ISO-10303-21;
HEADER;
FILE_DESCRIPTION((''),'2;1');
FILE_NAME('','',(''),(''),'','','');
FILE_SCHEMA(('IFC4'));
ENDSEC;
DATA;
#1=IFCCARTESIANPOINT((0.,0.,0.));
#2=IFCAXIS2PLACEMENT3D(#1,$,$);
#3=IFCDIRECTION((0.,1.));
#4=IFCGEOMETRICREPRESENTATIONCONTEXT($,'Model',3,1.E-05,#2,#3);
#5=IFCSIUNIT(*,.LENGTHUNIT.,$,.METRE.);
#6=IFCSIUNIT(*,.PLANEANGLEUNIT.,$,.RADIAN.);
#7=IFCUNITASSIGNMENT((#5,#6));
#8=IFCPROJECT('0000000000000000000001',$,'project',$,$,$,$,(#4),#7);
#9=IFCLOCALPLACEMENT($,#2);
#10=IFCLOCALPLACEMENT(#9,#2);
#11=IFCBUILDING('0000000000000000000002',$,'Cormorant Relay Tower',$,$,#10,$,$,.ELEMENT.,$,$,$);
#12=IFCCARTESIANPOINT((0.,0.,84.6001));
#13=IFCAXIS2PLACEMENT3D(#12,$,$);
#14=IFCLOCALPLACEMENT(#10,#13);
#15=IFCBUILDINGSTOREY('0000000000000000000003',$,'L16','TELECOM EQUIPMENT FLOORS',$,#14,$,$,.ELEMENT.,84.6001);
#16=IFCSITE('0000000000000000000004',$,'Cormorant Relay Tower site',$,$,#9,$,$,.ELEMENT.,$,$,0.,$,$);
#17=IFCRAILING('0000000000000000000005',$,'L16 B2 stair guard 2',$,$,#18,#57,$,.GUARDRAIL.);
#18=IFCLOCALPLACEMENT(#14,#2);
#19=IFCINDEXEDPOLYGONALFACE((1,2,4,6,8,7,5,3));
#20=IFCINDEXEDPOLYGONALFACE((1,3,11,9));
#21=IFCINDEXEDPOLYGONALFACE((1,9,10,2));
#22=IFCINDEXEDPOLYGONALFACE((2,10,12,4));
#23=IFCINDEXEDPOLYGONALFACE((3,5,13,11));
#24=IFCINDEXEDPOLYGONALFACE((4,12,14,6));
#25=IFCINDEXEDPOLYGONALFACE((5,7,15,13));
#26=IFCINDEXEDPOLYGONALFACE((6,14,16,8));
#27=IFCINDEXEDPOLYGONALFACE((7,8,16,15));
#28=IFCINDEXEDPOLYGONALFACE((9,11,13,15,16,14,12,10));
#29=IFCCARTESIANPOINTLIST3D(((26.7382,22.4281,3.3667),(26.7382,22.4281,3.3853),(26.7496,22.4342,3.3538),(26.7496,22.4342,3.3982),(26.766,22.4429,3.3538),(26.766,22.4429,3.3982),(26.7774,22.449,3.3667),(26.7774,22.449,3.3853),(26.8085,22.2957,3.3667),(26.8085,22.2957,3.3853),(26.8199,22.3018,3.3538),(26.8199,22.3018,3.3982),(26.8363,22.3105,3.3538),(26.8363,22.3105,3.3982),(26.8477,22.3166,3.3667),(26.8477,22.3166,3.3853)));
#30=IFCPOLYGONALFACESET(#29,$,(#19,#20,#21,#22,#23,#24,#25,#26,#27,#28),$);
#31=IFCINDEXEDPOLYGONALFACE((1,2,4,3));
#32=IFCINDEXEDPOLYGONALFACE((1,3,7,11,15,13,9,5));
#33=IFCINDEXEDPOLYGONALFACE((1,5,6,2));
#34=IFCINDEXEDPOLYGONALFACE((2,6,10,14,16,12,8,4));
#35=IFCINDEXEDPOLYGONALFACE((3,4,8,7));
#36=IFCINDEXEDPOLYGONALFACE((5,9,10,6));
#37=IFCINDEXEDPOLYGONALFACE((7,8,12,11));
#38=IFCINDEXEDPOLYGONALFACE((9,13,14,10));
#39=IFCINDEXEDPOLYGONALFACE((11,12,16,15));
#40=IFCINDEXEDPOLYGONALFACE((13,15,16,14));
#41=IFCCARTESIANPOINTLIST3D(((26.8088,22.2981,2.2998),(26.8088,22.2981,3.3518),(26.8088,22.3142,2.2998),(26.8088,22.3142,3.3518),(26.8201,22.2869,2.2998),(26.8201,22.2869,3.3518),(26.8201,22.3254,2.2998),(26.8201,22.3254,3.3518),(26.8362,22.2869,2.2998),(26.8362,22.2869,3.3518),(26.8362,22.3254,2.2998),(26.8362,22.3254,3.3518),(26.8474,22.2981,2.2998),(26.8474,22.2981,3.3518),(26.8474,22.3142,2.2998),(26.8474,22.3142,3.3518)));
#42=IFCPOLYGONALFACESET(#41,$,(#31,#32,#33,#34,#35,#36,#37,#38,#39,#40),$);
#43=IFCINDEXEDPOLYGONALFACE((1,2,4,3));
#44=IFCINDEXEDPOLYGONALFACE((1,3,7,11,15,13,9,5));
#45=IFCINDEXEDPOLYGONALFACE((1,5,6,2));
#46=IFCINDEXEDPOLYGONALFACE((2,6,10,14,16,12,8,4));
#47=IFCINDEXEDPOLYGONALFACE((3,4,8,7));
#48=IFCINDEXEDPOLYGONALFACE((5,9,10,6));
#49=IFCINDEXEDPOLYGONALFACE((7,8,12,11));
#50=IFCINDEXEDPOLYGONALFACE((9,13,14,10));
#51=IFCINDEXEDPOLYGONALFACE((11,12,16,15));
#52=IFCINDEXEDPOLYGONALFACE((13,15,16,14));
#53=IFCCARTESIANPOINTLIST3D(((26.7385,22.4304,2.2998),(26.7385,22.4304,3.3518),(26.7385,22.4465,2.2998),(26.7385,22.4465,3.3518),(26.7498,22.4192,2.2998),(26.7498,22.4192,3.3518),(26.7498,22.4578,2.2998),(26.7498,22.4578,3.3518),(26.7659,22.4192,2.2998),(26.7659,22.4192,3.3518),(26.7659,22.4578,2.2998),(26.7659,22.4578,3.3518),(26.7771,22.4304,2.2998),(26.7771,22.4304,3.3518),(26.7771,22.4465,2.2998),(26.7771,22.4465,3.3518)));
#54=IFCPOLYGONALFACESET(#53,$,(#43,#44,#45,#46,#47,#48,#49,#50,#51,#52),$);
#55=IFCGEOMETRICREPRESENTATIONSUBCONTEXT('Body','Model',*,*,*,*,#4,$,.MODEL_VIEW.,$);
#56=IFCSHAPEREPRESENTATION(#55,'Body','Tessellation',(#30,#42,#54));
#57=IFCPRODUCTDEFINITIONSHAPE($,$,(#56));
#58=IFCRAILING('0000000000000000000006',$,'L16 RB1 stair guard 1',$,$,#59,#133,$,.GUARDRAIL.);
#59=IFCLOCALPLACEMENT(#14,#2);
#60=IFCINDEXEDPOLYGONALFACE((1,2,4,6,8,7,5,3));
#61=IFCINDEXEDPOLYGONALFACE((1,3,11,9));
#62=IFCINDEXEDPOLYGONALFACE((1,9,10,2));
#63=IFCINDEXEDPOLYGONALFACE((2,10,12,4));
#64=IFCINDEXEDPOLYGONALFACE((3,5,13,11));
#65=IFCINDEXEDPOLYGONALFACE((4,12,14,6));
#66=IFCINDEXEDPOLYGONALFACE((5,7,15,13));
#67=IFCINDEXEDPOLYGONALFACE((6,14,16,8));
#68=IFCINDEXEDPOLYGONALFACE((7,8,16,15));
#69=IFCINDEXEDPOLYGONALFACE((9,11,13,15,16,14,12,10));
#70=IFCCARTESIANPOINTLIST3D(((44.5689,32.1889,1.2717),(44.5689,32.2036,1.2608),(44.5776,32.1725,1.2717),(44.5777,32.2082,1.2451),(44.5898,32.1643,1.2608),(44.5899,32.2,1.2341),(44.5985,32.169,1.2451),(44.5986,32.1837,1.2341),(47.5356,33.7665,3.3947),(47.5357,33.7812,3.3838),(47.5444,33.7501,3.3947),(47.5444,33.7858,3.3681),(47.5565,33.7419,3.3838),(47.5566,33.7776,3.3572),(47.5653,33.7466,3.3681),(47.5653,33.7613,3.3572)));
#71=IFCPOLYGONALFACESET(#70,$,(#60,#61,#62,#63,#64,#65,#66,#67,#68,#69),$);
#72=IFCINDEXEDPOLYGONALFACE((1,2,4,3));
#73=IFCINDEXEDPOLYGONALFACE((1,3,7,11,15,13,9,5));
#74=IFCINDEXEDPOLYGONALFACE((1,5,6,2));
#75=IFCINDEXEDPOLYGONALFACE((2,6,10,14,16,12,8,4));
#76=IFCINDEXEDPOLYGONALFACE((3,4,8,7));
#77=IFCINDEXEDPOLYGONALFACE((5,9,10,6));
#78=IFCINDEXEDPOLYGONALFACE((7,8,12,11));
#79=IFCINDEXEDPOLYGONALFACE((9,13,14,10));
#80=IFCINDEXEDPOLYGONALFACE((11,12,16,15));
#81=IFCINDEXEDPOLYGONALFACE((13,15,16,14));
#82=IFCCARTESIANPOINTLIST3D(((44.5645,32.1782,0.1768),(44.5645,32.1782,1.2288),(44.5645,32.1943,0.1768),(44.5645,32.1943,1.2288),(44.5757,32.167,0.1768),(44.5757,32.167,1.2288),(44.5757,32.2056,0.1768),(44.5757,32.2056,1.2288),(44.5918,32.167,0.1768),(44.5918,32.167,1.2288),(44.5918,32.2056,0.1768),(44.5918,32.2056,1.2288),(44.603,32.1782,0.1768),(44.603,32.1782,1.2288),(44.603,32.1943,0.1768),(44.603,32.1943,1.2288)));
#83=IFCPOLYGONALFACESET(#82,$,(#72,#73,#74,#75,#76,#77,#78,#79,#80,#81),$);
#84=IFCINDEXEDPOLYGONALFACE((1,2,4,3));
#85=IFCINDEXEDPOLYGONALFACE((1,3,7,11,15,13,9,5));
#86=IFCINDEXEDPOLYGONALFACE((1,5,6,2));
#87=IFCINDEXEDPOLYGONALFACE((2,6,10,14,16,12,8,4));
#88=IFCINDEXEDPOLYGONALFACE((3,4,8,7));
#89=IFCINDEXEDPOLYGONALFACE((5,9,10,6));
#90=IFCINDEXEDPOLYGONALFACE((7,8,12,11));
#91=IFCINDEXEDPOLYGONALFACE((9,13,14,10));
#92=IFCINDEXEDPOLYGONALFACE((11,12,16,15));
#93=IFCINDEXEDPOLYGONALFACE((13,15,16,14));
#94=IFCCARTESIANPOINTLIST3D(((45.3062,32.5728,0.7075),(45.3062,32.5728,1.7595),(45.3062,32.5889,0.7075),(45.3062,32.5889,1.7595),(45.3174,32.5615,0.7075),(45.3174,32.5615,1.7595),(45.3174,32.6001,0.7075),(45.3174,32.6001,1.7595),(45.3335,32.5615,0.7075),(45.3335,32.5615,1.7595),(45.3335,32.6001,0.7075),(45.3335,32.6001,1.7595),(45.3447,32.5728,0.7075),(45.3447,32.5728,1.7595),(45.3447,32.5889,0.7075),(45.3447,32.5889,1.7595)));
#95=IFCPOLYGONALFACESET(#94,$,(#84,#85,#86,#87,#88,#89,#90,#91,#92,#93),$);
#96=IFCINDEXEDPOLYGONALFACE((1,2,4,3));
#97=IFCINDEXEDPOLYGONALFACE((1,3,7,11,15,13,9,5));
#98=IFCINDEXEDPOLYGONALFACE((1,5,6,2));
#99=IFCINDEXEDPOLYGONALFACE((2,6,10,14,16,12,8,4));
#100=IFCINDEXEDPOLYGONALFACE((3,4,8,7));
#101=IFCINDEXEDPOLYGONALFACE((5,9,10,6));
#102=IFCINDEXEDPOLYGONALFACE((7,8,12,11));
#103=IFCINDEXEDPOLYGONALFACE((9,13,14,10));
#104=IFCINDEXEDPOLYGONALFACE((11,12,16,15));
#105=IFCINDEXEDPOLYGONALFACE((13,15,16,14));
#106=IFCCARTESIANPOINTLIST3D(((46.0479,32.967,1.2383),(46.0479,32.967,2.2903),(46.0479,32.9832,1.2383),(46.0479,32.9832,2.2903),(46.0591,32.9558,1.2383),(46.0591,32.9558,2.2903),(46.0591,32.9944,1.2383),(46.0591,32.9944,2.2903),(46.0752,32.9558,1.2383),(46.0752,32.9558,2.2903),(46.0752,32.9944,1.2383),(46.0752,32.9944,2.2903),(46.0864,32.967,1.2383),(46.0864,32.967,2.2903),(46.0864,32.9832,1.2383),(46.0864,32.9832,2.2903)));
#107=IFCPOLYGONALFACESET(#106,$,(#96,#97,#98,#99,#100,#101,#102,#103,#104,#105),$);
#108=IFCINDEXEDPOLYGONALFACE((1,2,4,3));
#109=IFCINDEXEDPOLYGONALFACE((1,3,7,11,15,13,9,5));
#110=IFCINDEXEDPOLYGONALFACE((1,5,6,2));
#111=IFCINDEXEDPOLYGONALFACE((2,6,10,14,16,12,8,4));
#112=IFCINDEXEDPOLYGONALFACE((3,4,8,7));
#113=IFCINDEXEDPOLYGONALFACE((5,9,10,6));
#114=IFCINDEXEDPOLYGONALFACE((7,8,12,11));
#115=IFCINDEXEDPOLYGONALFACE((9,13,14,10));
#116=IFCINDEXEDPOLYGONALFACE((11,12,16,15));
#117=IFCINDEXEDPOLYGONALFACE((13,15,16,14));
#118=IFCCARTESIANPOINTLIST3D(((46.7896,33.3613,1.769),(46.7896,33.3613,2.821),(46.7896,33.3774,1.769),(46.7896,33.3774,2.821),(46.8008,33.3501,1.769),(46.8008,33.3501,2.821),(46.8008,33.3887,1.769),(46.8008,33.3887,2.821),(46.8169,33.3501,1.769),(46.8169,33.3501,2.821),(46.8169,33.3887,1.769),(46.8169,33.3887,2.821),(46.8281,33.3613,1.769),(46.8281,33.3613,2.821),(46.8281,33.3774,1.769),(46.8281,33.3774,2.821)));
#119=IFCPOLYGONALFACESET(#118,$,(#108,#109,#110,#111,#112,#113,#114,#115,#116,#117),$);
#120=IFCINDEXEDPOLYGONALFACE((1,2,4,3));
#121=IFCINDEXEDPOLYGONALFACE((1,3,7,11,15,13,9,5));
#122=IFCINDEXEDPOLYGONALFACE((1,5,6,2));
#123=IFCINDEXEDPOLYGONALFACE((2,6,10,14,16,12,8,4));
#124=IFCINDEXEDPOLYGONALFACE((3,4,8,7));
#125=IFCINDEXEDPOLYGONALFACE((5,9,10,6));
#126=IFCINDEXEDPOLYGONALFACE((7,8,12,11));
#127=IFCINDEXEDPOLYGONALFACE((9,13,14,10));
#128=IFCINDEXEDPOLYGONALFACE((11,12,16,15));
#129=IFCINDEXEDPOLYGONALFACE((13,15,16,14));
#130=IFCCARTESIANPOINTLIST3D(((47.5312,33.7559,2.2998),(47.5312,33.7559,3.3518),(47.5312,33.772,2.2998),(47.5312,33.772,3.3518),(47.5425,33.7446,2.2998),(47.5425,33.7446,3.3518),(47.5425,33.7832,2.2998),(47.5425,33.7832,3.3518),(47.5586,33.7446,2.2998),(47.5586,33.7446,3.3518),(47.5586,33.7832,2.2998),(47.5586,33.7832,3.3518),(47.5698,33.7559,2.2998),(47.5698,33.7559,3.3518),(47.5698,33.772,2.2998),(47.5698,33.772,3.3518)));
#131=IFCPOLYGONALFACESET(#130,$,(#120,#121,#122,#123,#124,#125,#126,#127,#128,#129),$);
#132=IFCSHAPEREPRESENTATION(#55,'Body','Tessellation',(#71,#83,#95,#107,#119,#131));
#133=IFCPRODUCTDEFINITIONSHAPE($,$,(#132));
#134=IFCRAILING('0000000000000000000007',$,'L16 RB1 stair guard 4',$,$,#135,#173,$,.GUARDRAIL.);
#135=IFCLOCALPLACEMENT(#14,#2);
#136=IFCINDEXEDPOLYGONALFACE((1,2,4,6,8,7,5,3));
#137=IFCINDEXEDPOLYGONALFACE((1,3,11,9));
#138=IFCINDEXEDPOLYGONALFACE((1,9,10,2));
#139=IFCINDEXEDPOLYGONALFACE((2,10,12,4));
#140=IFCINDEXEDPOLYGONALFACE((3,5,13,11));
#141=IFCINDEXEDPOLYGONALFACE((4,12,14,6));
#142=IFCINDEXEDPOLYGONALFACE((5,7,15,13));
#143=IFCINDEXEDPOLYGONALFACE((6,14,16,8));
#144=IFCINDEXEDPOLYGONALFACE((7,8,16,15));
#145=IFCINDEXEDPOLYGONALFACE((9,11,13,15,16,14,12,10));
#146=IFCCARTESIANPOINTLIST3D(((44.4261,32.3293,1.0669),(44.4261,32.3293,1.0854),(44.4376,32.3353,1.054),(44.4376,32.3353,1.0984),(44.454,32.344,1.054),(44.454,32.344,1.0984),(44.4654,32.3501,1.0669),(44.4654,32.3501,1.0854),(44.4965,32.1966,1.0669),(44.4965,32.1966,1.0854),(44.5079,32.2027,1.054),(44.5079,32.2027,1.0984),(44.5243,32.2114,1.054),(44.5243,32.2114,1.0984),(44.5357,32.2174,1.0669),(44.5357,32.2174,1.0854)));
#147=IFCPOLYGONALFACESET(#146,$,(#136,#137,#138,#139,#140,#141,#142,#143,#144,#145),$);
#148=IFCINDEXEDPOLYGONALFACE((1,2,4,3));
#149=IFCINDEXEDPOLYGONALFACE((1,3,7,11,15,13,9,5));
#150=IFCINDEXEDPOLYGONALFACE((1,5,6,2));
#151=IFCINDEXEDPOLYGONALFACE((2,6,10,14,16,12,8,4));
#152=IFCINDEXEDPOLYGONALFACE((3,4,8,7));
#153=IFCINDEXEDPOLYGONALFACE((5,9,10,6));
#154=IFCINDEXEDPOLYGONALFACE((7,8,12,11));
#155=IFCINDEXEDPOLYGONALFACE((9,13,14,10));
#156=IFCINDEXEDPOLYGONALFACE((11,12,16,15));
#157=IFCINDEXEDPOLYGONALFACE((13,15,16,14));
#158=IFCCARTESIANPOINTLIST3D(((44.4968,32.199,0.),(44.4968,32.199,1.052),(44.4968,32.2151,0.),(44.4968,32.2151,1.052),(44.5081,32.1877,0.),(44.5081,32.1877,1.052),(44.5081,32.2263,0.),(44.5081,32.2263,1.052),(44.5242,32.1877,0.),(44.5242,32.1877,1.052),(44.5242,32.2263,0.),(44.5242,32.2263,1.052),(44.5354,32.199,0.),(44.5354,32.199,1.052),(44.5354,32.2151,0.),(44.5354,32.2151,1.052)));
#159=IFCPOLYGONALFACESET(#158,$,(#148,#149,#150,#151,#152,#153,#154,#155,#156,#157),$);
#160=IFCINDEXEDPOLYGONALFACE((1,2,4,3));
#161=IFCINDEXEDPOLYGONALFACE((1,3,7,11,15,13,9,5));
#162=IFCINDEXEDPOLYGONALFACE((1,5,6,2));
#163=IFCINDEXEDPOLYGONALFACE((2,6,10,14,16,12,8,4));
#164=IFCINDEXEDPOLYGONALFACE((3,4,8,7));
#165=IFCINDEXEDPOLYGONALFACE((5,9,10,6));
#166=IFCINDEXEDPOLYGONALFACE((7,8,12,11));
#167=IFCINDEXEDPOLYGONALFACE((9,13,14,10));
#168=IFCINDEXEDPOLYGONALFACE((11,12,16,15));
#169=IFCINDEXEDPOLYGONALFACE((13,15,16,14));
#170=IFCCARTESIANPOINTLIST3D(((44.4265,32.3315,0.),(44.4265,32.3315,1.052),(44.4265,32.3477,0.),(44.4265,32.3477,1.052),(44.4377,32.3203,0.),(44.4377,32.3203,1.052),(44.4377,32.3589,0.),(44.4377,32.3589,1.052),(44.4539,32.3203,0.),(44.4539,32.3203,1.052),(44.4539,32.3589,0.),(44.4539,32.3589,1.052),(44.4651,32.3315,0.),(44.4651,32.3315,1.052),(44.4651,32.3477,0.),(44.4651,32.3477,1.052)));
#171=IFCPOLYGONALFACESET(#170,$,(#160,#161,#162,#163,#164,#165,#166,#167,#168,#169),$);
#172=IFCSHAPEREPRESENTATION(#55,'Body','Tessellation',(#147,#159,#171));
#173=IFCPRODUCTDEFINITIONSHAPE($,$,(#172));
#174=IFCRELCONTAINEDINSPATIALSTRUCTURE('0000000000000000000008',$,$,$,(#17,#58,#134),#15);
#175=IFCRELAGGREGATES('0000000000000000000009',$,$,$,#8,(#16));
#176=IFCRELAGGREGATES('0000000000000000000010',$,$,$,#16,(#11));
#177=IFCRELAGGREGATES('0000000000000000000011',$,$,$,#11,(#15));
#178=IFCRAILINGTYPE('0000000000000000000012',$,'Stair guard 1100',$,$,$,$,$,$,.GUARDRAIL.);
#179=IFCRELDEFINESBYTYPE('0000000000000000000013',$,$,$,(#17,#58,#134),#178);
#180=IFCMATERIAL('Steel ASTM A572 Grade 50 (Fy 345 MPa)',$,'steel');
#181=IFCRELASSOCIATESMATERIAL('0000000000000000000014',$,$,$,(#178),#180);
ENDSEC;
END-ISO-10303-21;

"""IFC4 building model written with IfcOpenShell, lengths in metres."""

from ifc_helpers import new_model, si_unit, direction, frame, origin, place, context, subcontext, project, spatial, polyline, outline, extrude, material, type_object, element, save


model = new_model("IFC4")

# Units and contexts
model_context = context("Model", 3, precision=1e-05, world=origin(), true_north=direction((0.0, 1.0)))
body_context = subcontext(model_context, "Body", "Model", "MODEL_VIEW")
ifc_project = project(units=[si_unit("LENGTHUNIT", "METRE"), si_unit("PLANEANGLEUNIT", "RADIAN")], contexts=[model_context])

# Site, building, storey
site_placement = place(None, origin())
site = spatial("IfcSite", under=ifc_project, at=site_placement, Name="Cormorant Relay Tower site", CompositionType="ELEMENT", RefElevation=0.0)
building_placement = place(site_placement, origin())
building = spatial("IfcBuilding", under=site, at=building_placement, Name="Cormorant Relay Tower", CompositionType="ELEMENT")
storey_placement = place(building_placement, frame((0.0, 0.0, 84.6001)))
storey = spatial("IfcBuildingStorey", under=building, at=storey_placement, Name="L16", Description="TELECOM EQUIPMENT FLOORS", CompositionType="ELEMENT", Elevation=84.6001)

# Railings
ifc_material_1 = material(Name="Steel ASTM A572 Grade 50 (Fy 345 MPa)", Category="steel")
railing_type = type_object("IfcRailingType", Name="Stair guard 1100", PredefinedType="GUARDRAIL", material=ifc_material_1)
railing_1_placement = place(storey_placement, frame((26.8281, 22.3062, 2.2998)))
element("IfcRailing", 1, at=railing_1_placement, inside=storey, type_object=railing_type, Name="L16 B2 stair guard 2", PredefinedType="GUARDRAIL", context=body_context, shape_type="SweptSolid", body=[
    extrude(outline(polyline([(0.0222, 0.0093), (0.0093, 0.0222), (-0.0093, 0.0222), (-0.0222, 0.0093), (-0.0222, -0.0093), (-0.0093, -0.0222), (0.0093, -0.0222), (0.0222, -0.0093), (0.0222, 0.0093)])), frame((0.0, 0.0, 1.0762), z_axis=(-0.469235, 0.883074, 0.0), x_axis=(-0.883074, -0.469235, 0.0)), (0.0, 0.0, 1.0), 0.1499),
    extrude(outline(polyline([(0.0193, 0.0081), (0.0081, 0.0193), (-0.0081, 0.0193), (-0.0193, 0.0081), (-0.0193, -0.0081), (-0.0081, -0.0193), (0.0081, -0.0193), (0.0193, -0.0081), (0.0193, 0.0081)])), origin(), (0.0, 0.0, 1.0), 1.052),
    extrude(outline(polyline([(0.0193, 0.0081), (0.0081, 0.0193), (-0.0081, 0.0193), (-0.0193, 0.0081), (-0.0193, -0.0081), (-0.0081, -0.0193), (0.0081, -0.0193), (0.0193, -0.0081), (0.0193, 0.0081)])), frame((-0.0703, 0.1323, 0.0)), (0.0, 0.0, 1.0), 1.052),
])
railing_2_placement = place(storey_placement, frame((44.5837, 32.1863, 0.1768)))
element("IfcRailing", 2, at=railing_2_placement, inside=storey, type_object=railing_type, Name="L16 RB1 stair guard 1", PredefinedType="GUARDRAIL", context=body_context, shape_type="SweptSolid", body=[
    extrude(outline(polyline([(0.0222, 0.0093), (0.0093, 0.0222), (-0.0093, 0.0222), (-0.0222, 0.0093), (-0.0222, -0.0093), (-0.0093, -0.0222), (0.0093, -0.0222), (0.0222, -0.0093), (0.0222, 0.0093)])), frame((0.0, 0.0, 1.0762), z_axis=(0.746422, 0.396921, 0.534142), x_axis=(-0.469509, 0.882928, 0.0)), (0.0, 0.0, 1.0), 3.9746),
    extrude(outline(polyline([(0.0193, 0.0081), (0.0081, 0.0193), (-0.0081, 0.0193), (-0.0193, 0.0081), (-0.0193, -0.0081), (-0.0081, -0.0193), (0.0081, -0.0193), (0.0193, -0.0081), (0.0193, 0.0081)])), origin(), (0.0, 0.0, 1.0), 1.052),
    extrude(outline(polyline([(0.0193, 0.0081), (0.0081, 0.0193), (-0.0081, 0.0193), (-0.0193, 0.0081), (-0.0193, -0.0081), (-0.0081, -0.0193), (0.0081, -0.0193), (0.0193, -0.0081), (0.0193, 0.0081)])), frame((0.7417, 0.3945, 0.5308)), (0.0, 0.0, 1.0), 1.052),
    extrude(outline(polyline([(0.0193, 0.0081), (0.0081, 0.0193), (-0.0081, 0.0193), (-0.0193, 0.0081), (-0.0193, -0.0081), (-0.0081, -0.0193), (0.0081, -0.0193), (0.0193, -0.0081), (0.0193, 0.0081)])), frame((1.4834, 0.7888, 1.0615)), (0.0, 0.0, 1.0), 1.052),
    extrude(outline(polyline([(0.0193, 0.0081), (0.0081, 0.0193), (-0.0081, 0.0193), (-0.0193, 0.0081), (-0.0193, -0.0081), (-0.0081, -0.0193), (0.0081, -0.0193), (0.0193, -0.0081), (0.0193, 0.0081)])), frame((2.2251, 1.1831, 1.5923)), (0.0, 0.0, 1.0), 1.052),
    extrude(outline(polyline([(0.0193, 0.0081), (0.0081, 0.0193), (-0.0081, 0.0193), (-0.0193, 0.0081), (-0.0193, -0.0081), (-0.0081, -0.0193), (0.0081, -0.0193), (0.0193, -0.0081), (0.0193, 0.0081)])), frame((2.9668, 1.5776, 2.123)), (0.0, 0.0, 1.0), 1.052),
])
railing_3_placement = place(storey_placement, frame((44.5161, 32.207, 0.0)))
element("IfcRailing", 3, at=railing_3_placement, inside=storey, type_object=railing_type, Name="L16 RB1 stair guard 4", PredefinedType="GUARDRAIL", context=body_context, shape_type="SweptSolid", body=[
    extrude(outline(polyline([(0.0222, 0.0093), (0.0093, 0.0222), (-0.0093, 0.0222), (-0.0222, 0.0093), (-0.0222, -0.0093), (-0.0093, -0.0222), (0.0093, -0.0222), (0.0222, -0.0093), (0.0222, 0.0093)])), frame((0.0, 0.0, 1.0762), z_axis=(-0.46856, 0.883431, 0.0), x_axis=(-0.883431, -0.46856, 0.0)), (0.0, 0.0, 1.0), 0.1501),
    extrude(outline(polyline([(0.0193, 0.0081), (0.0081, 0.0193), (-0.0081, 0.0193), (-0.0193, 0.0081), (-0.0193, -0.0081), (-0.0081, -0.0193), (0.0081, -0.0193), (0.0193, -0.0081), (0.0193, 0.0081)])), origin(), (0.0, 0.0, 1.0), 1.052),
    extrude(outline(polyline([(0.0193, 0.0081), (0.0081, 0.0193), (-0.0081, 0.0193), (-0.0193, 0.0081), (-0.0193, -0.0081), (-0.0081, -0.0193), (0.0081, -0.0193), (0.0193, -0.0081), (0.0193, 0.0081)])), frame((-0.0703, 0.1326, 0.0)), (0.0, 0.0, 1.0), 1.052),
])

save(model, "model.ifc")
